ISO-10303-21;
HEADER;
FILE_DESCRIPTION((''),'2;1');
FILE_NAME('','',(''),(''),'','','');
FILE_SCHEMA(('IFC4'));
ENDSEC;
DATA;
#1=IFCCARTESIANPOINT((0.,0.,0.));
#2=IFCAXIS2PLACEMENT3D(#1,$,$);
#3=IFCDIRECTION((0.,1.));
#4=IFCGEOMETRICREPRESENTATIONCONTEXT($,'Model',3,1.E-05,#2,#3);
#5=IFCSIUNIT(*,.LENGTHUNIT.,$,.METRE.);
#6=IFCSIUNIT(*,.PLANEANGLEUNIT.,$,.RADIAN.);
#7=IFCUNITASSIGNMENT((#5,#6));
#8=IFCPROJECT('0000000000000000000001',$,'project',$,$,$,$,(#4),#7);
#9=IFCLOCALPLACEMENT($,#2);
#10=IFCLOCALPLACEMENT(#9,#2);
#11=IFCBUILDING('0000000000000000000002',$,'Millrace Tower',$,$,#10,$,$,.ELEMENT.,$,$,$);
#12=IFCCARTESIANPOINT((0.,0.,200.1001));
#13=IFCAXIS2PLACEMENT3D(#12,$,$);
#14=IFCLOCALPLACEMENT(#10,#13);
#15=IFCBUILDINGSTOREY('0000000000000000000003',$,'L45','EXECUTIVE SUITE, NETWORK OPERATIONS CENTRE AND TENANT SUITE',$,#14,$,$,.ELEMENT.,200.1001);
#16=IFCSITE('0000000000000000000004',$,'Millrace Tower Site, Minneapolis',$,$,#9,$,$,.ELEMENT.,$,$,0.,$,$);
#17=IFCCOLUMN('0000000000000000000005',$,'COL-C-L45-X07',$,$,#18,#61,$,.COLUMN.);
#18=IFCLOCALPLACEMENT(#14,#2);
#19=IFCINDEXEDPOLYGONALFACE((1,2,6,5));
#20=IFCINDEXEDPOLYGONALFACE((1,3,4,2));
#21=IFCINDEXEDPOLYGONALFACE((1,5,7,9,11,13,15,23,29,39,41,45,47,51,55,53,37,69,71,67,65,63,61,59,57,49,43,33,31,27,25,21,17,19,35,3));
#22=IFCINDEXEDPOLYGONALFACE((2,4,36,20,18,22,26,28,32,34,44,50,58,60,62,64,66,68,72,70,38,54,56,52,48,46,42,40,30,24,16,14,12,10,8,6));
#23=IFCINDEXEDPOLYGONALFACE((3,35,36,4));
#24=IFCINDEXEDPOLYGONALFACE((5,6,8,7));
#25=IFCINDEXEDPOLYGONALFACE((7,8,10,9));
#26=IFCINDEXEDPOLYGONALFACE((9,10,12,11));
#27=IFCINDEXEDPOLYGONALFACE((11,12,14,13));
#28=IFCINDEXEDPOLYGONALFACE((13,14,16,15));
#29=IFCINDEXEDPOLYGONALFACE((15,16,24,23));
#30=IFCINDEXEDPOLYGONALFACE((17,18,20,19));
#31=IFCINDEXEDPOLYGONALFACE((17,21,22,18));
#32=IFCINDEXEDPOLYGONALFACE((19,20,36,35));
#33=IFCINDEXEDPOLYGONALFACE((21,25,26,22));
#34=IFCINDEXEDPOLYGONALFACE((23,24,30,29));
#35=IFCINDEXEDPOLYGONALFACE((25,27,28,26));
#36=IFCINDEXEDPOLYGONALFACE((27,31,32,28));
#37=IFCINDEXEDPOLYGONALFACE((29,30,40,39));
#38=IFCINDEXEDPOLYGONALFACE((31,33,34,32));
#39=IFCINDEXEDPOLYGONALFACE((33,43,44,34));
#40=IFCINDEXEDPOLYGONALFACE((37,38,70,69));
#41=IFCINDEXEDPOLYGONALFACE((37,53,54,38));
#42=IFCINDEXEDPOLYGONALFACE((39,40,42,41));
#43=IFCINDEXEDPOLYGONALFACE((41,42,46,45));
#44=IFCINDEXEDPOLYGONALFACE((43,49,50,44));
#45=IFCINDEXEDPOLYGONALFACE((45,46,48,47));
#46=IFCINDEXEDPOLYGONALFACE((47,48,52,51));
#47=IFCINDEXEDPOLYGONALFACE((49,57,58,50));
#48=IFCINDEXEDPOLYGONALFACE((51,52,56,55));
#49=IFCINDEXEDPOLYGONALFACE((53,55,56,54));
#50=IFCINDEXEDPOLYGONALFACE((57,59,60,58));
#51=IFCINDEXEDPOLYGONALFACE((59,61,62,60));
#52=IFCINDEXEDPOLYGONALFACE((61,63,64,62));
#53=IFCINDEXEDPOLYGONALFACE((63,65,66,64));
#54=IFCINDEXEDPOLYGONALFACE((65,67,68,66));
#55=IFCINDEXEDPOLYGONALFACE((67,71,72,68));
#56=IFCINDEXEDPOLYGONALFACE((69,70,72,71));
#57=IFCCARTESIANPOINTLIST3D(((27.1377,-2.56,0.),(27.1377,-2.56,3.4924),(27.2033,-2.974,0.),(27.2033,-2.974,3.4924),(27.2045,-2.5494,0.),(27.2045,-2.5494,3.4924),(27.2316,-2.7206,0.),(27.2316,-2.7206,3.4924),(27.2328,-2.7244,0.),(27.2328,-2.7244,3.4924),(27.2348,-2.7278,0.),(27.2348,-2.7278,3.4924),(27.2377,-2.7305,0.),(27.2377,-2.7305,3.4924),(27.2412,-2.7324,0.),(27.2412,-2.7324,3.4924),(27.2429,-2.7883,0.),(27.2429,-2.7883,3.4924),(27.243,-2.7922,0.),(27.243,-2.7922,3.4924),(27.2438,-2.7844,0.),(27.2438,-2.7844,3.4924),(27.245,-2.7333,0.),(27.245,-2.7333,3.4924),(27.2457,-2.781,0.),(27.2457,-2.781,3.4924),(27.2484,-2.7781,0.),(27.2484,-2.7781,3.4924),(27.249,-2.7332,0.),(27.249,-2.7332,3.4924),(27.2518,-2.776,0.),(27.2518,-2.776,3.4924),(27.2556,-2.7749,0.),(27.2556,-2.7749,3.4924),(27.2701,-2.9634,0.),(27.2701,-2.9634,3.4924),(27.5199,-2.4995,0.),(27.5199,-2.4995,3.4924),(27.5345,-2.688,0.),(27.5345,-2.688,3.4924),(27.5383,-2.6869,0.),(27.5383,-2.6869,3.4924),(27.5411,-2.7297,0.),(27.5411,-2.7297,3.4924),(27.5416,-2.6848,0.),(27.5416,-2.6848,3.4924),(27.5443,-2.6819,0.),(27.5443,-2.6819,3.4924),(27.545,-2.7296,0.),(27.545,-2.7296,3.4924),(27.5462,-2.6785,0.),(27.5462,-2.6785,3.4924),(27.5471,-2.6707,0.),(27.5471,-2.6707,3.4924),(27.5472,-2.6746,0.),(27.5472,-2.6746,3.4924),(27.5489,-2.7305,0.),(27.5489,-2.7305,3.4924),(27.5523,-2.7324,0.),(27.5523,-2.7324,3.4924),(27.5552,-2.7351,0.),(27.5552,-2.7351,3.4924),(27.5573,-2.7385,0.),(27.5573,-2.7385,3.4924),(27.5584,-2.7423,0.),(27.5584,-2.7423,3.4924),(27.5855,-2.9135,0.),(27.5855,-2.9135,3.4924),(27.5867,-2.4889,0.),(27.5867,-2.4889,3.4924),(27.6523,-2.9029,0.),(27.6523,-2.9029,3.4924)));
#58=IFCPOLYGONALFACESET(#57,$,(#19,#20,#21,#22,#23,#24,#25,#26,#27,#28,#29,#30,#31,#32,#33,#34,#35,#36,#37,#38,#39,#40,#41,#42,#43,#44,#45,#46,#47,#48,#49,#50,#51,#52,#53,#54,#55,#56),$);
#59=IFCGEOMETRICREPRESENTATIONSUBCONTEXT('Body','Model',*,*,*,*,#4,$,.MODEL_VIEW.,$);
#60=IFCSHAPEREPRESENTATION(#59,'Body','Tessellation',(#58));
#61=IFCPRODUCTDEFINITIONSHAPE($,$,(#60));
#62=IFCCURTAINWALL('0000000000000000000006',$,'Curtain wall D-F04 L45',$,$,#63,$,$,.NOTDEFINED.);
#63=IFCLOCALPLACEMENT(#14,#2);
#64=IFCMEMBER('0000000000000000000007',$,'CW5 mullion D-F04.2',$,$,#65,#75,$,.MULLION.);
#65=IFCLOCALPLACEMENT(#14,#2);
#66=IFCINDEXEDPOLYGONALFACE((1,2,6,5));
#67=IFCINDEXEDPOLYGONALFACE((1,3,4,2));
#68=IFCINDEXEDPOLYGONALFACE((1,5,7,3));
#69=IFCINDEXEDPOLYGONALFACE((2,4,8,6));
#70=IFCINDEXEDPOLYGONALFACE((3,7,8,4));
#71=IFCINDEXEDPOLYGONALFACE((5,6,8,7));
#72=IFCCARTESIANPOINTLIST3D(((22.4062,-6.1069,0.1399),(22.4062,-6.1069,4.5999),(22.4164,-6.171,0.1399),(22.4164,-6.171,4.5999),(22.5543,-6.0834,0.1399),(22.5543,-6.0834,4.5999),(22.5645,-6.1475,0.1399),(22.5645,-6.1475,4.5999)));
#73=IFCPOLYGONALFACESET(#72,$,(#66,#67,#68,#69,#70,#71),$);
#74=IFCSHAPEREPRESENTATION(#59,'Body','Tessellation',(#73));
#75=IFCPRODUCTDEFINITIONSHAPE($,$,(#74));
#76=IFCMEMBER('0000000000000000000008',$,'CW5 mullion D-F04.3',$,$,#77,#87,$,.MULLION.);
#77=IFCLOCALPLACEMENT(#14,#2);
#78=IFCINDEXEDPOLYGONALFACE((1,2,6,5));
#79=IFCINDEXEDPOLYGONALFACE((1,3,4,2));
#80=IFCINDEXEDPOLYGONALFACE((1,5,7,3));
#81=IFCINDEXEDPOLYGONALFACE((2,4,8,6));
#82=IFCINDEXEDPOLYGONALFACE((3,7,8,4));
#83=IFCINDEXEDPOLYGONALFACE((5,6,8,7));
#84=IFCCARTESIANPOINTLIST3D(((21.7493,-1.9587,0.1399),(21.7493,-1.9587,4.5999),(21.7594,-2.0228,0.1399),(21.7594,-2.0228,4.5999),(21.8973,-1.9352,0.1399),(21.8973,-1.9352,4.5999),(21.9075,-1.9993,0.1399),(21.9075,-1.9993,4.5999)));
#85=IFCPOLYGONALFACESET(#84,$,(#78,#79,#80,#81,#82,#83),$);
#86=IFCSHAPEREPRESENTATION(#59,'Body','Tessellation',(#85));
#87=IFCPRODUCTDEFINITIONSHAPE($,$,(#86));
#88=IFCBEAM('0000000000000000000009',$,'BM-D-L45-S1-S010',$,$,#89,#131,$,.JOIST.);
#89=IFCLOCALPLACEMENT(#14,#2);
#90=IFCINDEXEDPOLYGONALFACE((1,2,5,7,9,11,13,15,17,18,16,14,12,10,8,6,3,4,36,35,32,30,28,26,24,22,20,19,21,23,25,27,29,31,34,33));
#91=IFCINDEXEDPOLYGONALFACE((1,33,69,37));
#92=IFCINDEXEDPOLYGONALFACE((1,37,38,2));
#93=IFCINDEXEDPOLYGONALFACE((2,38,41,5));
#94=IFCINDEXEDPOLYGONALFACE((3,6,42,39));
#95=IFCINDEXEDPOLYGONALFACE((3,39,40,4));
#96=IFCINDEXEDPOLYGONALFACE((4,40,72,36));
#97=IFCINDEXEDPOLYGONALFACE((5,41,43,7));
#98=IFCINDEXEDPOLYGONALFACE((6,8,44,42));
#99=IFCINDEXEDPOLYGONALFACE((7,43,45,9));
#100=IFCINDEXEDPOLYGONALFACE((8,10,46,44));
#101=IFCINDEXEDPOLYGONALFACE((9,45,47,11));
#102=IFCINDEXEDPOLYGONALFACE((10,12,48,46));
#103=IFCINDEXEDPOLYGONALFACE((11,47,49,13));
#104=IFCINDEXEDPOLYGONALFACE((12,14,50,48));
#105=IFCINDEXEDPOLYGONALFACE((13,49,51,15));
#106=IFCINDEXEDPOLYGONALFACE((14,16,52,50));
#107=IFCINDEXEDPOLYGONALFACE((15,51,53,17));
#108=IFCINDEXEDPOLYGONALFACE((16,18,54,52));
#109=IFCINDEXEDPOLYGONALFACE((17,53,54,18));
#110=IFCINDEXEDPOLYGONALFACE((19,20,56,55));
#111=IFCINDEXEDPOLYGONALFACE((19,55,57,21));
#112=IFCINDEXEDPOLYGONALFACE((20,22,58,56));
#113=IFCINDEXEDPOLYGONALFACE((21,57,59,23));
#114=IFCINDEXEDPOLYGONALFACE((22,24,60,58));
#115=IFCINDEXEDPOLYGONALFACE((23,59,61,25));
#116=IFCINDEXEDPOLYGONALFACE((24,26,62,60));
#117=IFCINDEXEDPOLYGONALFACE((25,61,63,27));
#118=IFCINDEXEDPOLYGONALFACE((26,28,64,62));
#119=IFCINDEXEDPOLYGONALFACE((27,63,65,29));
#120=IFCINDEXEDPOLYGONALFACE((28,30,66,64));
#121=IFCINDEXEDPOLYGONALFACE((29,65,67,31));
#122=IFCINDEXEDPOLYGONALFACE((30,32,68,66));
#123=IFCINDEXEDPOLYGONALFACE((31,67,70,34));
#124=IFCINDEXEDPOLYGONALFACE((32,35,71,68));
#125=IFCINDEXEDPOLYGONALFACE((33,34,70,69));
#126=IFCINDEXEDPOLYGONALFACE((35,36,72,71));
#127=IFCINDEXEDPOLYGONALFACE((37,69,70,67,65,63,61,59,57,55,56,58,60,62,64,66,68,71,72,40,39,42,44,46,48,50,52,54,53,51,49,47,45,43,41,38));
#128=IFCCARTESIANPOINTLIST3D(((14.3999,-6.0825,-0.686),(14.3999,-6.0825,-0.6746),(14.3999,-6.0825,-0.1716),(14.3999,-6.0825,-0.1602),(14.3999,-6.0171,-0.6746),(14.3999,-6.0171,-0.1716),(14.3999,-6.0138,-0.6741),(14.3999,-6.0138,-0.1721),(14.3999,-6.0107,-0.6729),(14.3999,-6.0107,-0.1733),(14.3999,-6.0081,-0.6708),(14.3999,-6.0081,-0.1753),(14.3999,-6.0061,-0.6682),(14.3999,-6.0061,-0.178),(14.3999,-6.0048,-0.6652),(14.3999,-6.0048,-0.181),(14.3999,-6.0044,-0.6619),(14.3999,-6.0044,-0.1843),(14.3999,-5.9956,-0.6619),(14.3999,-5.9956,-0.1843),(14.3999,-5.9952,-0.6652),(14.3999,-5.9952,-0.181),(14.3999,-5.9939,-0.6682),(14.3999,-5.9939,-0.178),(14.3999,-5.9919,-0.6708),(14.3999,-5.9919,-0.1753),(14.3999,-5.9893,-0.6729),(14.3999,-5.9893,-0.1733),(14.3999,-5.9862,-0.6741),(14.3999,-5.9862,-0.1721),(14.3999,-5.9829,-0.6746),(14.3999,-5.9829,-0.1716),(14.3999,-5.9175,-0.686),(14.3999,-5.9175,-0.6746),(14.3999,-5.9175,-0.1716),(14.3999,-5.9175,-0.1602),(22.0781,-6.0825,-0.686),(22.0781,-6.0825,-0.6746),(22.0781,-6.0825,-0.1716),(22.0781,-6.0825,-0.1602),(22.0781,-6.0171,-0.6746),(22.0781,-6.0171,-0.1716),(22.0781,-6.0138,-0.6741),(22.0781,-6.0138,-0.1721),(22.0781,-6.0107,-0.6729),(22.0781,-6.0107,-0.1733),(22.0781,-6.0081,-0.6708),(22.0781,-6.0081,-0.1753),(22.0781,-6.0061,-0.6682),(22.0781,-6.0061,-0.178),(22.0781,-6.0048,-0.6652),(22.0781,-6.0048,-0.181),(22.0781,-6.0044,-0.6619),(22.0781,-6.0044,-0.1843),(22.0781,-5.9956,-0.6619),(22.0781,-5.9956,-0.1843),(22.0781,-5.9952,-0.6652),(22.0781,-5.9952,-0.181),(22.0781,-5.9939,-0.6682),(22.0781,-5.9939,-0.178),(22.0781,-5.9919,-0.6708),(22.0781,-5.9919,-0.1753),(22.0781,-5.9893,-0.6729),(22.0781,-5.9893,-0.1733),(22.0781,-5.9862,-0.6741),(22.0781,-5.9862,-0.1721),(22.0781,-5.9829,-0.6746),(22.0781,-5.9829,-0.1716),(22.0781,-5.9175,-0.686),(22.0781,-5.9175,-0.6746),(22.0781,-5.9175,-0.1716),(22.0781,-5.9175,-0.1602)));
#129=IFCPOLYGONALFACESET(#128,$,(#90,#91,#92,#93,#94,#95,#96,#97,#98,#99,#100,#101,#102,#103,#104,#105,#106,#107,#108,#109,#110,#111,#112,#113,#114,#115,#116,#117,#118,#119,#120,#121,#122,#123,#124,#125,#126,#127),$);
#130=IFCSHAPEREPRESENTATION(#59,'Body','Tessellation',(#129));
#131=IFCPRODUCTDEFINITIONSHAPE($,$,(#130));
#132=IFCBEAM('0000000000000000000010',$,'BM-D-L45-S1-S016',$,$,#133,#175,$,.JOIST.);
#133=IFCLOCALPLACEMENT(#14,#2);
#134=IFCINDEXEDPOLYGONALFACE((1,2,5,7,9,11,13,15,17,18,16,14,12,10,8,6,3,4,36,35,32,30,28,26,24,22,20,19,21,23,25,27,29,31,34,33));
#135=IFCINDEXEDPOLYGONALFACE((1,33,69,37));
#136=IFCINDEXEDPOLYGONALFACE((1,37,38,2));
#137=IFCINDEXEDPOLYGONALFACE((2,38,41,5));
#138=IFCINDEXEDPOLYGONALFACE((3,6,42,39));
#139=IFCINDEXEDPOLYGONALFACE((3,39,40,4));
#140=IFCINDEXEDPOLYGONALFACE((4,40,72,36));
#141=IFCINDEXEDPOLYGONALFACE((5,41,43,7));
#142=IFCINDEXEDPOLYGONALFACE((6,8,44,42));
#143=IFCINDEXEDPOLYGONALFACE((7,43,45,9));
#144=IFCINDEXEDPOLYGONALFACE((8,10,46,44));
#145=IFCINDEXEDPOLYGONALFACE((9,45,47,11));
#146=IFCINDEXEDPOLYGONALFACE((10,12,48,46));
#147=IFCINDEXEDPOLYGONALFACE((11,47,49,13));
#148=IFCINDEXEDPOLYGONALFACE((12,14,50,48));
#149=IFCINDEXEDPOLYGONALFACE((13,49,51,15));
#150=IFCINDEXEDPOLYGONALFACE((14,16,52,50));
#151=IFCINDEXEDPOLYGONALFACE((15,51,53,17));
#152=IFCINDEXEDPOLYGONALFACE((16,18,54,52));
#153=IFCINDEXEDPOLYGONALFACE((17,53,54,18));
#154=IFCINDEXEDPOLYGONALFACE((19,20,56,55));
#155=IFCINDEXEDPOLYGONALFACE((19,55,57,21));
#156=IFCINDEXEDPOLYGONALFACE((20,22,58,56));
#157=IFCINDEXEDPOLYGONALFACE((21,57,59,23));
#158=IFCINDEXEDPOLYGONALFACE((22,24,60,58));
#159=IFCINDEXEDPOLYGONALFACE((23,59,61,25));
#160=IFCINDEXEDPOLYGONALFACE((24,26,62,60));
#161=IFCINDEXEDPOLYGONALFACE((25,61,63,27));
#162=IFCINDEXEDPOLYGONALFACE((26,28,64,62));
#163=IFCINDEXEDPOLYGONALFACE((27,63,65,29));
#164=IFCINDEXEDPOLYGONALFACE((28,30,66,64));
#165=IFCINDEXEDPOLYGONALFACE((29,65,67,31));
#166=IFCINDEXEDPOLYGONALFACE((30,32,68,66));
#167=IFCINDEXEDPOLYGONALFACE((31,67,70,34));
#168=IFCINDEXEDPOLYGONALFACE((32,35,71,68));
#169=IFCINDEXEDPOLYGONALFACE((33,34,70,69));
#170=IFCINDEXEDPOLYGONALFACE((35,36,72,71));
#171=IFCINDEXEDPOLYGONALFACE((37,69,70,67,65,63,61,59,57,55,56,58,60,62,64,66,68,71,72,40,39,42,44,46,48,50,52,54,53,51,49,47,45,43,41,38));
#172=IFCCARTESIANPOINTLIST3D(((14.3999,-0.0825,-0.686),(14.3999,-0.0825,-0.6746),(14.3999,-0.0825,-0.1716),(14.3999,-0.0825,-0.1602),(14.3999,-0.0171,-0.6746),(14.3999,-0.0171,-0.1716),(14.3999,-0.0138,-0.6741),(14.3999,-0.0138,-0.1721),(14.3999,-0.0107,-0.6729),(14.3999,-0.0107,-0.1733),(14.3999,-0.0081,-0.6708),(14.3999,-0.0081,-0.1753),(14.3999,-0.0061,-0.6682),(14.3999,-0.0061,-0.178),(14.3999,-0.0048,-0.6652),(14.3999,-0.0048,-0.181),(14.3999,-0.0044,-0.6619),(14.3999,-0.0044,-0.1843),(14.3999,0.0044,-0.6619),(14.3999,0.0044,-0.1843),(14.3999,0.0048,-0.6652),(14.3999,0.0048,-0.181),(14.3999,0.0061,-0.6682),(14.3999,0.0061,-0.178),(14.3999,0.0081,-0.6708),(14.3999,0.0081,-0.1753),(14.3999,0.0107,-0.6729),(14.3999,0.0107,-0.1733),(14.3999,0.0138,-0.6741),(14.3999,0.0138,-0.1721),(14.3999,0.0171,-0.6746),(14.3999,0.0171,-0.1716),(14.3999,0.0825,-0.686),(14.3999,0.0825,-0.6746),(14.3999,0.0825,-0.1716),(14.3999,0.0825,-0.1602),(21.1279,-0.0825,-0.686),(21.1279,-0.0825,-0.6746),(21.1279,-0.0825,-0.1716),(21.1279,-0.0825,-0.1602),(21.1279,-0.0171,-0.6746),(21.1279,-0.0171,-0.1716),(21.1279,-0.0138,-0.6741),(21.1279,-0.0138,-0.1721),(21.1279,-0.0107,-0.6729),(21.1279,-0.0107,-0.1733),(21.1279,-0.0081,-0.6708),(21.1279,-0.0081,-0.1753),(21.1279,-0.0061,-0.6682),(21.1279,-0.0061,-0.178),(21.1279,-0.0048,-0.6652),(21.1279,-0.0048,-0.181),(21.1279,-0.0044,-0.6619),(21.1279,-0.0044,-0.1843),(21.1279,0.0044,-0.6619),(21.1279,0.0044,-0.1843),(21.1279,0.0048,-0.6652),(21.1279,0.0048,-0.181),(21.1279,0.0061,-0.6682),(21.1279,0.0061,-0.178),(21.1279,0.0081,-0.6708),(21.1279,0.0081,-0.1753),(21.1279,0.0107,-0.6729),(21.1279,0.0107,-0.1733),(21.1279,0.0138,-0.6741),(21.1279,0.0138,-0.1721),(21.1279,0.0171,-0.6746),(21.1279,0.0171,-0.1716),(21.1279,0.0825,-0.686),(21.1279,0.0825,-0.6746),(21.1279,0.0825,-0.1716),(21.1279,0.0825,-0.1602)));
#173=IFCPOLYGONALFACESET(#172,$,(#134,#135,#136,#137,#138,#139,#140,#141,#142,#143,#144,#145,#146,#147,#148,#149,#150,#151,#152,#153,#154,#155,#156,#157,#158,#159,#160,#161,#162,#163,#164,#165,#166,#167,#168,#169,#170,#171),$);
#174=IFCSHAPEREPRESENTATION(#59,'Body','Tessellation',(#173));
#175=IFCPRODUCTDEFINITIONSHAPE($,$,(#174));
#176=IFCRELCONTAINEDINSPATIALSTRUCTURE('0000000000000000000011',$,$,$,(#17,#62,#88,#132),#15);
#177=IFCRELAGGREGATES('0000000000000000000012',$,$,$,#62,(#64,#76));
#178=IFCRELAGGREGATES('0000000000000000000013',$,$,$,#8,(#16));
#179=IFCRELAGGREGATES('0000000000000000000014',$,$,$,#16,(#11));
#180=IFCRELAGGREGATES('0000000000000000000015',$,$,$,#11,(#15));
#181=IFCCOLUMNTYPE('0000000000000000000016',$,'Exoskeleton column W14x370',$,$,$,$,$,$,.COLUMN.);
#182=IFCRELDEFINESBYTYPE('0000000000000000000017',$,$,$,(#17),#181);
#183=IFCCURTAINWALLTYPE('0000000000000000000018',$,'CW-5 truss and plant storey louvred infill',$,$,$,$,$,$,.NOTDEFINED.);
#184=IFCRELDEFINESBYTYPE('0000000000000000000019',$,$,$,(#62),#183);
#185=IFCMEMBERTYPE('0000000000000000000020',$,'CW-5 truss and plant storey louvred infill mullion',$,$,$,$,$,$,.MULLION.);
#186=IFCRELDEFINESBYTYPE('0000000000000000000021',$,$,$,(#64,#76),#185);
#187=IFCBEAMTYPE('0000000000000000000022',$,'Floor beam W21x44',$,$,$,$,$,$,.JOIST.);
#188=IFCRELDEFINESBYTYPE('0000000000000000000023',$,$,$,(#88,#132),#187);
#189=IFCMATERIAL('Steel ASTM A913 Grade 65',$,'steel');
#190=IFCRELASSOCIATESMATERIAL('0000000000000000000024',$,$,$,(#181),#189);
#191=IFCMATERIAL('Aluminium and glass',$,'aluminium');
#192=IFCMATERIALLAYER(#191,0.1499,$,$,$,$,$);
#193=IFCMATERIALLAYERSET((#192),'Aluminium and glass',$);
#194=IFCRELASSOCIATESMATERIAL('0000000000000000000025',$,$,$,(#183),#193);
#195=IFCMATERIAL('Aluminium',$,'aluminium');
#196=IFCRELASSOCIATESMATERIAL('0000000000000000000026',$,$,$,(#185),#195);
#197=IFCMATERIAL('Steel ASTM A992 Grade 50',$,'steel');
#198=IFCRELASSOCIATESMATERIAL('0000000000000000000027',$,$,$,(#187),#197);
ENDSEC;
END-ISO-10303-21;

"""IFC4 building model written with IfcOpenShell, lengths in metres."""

from ifc_helpers import new_model, si_unit, direction, frame, origin, origin_2d, place, context, subcontext, project, spatial, rectangle, i_section, extrude, material, layer, layer_set, material_profile, profile_set, type_object, element, aggregate, save


model = new_model("IFC4")

# Units and contexts
model_context = context("Model", 3, precision=1e-05, world=origin(), true_north=direction((0.0, 1.0)))
body_context = subcontext(model_context, "Body", "Model", "MODEL_VIEW")
ifc_project = project(units=[si_unit("LENGTHUNIT", "METRE"), si_unit("PLANEANGLEUNIT", "RADIAN")], contexts=[model_context])

# Site, building, storey
site_placement = place(None, origin())
site = spatial("IfcSite", under=ifc_project, at=site_placement, Name="Millrace Tower Site, Minneapolis", CompositionType="ELEMENT", RefElevation=0.0)
building_placement = place(site_placement, origin())
building = spatial("IfcBuilding", under=site, at=building_placement, Name="Millrace Tower", CompositionType="ELEMENT")
storey_placement = place(building_placement, frame((0.0, 0.0, 200.1001)))
storey = spatial("IfcBuildingStorey", under=building, at=storey_placement, Name="L45", Description="EXECUTIVE SUITE, NETWORK OPERATIONS CENTRE AND TENANT SUITE", CompositionType="ELEMENT", Elevation=200.1001)

# Column
ifc_material_1 = material(Name="Steel ASTM A913 Grade 65", Category="steel")
ifc_material_profile_1 = material_profile(ifc_material_1, i_section(OverallWidth=0.4192, OverallDepth=0.4546, WebThickness=0.0422, FlangeThickness=0.0676, FilletRadius=0.0151, at=origin_2d()))
ifc_profile_set_1 = profile_set([ifc_material_profile_1], Name="Steel ASTM A913 Grade 65")
column_type = type_object("IfcColumnType", Name="Exoskeleton column W14x370", PredefinedType="COLUMN", material=ifc_profile_set_1)
column_placement = place(storey_placement, frame((27.395, -2.7314, 0.0), z_axis=(0.0, 0.0, 1.0), x_axis=(-0.156434, 0.987688, 0.0)))
element("IfcColumn", 1, at=column_placement, inside=storey, type_object=column_type, Name="COL-C-L45-X07", PredefinedType="COLUMN", context=body_context, shape_type="SweptSolid", body=[
    extrude(i_section(OverallWidth=0.4192, OverallDepth=0.4546, WebThickness=0.0422, FlangeThickness=0.0676, FilletRadius=0.0151, at=origin_2d()), origin(), (0.0, 0.0, 1.0), 3.4924),
])

# Curtain wall, members
ifc_material_2 = material(Name="Aluminium and glass", Category="aluminium")
ifc_layer_1 = layer(ifc_material_2, 0.1499)
ifc_layer_set_1 = layer_set([ifc_layer_1], Name="Aluminium and glass")
curtain_wall_type = type_object("IfcCurtainWallType", Name="CW-5 truss and plant storey louvred infill", PredefinedType="NOTDEFINED", material=ifc_layer_set_1)
curtain_wall_placement = place(storey_placement, origin())
curtain_wall = element("IfcCurtainWall", 2, at=curtain_wall_placement, inside=storey, type_object=curtain_wall_type, Name="Curtain wall D-F04 L45", PredefinedType="NOTDEFINED")
ifc_material_3 = material(Name="Aluminium", Category="aluminium")
ifc_material_profile_2 = material_profile(ifc_material_3, rectangle(XDim=0.0649, YDim=0.1499, at=origin_2d()))
ifc_profile_set_2 = profile_set([ifc_material_profile_2], Name="Aluminium")
member_type_1 = type_object("IfcMemberType", Name="CW-5 truss and plant storey louvred infill mullion", PredefinedType="MULLION", material=ifc_profile_set_2)
member_1_placement = place(storey_placement, frame((22.4854, -6.1272, 0.1399), z_axis=(0.0, 0.0, 1.0), x_axis=(-0.156434, 0.987688, 0.0)))
member_1 = element("IfcMember", 3, at=member_1_placement, type_object=member_type_1, Name="CW5 mullion D-F04.2", PredefinedType="MULLION", context=body_context, shape_type="SweptSolid", body=[
    extrude(rectangle(XDim=0.0649, YDim=0.1499, at=origin_2d()), origin(), (0.0, 0.0, 1.0), 4.46),
])
member_2_placement = place(storey_placement, frame((21.8284, -1.979, 0.1399), z_axis=(0.0, 0.0, 1.0), x_axis=(-0.156434, 0.987688, 0.0)))
member_2 = element("IfcMember", 4, at=member_2_placement, type_object=member_type_1, Name="CW5 mullion D-F04.3", PredefinedType="MULLION", context=body_context, shape_type="SweptSolid", body=[
    extrude(rectangle(XDim=0.0649, YDim=0.1499, at=origin_2d()), origin(), (0.0, 0.0, 1.0), 4.46),
])
aggregate(curtain_wall, [member_1, member_2])

# Beams
ifc_material_4 = material(Name="Steel ASTM A992 Grade 50", Category="steel")
ifc_material_profile_3 = material_profile(ifc_material_4, i_section(OverallWidth=0.165, OverallDepth=0.5259, WebThickness=0.0088, FlangeThickness=0.0115, FilletRadius=0.0127, at=origin_2d()))
ifc_profile_set_3 = profile_set([ifc_material_profile_3], Name="Steel ASTM A992 Grade 50")
beam_type_1 = type_object("IfcBeamType", Name="Floor beam W21x44", PredefinedType="JOIST", material=ifc_profile_set_3)
beam_1_placement = place(storey_placement, frame((14.3999, -6.0, -0.4231), z_axis=(1.0, 0.0, 0.0), x_axis=(0.0, 1.0, 0.0)))
element("IfcBeam", 5, at=beam_1_placement, inside=storey, type_object=beam_type_1, Name="BM-D-L45-S1-S010", PredefinedType="JOIST", context=body_context, shape_type="SweptSolid", body=[
    extrude(i_section(OverallWidth=0.165, OverallDepth=0.5259, WebThickness=0.0088, FlangeThickness=0.0115, FilletRadius=0.0127, at=origin_2d()), origin(), (0.0, 0.0, 1.0), 7.6782),
])
beam_2_placement = place(storey_placement, frame((14.3999, 0.0, -0.4231), z_axis=(1.0, 0.0, 0.0), x_axis=(0.0, 1.0, 0.0)))
element("IfcBeam", 6, at=beam_2_placement, inside=storey, type_object=beam_type_1, Name="BM-D-L45-S1-S016", PredefinedType="JOIST", context=body_context, shape_type="SweptSolid", body=[
    extrude(i_section(OverallWidth=0.165, OverallDepth=0.5259, WebThickness=0.0088, FlangeThickness=0.0115, FilletRadius=0.0127, at=origin_2d()), origin(), (0.0, 0.0, 1.0), 6.728),
])

save(model, "model.ifc")
